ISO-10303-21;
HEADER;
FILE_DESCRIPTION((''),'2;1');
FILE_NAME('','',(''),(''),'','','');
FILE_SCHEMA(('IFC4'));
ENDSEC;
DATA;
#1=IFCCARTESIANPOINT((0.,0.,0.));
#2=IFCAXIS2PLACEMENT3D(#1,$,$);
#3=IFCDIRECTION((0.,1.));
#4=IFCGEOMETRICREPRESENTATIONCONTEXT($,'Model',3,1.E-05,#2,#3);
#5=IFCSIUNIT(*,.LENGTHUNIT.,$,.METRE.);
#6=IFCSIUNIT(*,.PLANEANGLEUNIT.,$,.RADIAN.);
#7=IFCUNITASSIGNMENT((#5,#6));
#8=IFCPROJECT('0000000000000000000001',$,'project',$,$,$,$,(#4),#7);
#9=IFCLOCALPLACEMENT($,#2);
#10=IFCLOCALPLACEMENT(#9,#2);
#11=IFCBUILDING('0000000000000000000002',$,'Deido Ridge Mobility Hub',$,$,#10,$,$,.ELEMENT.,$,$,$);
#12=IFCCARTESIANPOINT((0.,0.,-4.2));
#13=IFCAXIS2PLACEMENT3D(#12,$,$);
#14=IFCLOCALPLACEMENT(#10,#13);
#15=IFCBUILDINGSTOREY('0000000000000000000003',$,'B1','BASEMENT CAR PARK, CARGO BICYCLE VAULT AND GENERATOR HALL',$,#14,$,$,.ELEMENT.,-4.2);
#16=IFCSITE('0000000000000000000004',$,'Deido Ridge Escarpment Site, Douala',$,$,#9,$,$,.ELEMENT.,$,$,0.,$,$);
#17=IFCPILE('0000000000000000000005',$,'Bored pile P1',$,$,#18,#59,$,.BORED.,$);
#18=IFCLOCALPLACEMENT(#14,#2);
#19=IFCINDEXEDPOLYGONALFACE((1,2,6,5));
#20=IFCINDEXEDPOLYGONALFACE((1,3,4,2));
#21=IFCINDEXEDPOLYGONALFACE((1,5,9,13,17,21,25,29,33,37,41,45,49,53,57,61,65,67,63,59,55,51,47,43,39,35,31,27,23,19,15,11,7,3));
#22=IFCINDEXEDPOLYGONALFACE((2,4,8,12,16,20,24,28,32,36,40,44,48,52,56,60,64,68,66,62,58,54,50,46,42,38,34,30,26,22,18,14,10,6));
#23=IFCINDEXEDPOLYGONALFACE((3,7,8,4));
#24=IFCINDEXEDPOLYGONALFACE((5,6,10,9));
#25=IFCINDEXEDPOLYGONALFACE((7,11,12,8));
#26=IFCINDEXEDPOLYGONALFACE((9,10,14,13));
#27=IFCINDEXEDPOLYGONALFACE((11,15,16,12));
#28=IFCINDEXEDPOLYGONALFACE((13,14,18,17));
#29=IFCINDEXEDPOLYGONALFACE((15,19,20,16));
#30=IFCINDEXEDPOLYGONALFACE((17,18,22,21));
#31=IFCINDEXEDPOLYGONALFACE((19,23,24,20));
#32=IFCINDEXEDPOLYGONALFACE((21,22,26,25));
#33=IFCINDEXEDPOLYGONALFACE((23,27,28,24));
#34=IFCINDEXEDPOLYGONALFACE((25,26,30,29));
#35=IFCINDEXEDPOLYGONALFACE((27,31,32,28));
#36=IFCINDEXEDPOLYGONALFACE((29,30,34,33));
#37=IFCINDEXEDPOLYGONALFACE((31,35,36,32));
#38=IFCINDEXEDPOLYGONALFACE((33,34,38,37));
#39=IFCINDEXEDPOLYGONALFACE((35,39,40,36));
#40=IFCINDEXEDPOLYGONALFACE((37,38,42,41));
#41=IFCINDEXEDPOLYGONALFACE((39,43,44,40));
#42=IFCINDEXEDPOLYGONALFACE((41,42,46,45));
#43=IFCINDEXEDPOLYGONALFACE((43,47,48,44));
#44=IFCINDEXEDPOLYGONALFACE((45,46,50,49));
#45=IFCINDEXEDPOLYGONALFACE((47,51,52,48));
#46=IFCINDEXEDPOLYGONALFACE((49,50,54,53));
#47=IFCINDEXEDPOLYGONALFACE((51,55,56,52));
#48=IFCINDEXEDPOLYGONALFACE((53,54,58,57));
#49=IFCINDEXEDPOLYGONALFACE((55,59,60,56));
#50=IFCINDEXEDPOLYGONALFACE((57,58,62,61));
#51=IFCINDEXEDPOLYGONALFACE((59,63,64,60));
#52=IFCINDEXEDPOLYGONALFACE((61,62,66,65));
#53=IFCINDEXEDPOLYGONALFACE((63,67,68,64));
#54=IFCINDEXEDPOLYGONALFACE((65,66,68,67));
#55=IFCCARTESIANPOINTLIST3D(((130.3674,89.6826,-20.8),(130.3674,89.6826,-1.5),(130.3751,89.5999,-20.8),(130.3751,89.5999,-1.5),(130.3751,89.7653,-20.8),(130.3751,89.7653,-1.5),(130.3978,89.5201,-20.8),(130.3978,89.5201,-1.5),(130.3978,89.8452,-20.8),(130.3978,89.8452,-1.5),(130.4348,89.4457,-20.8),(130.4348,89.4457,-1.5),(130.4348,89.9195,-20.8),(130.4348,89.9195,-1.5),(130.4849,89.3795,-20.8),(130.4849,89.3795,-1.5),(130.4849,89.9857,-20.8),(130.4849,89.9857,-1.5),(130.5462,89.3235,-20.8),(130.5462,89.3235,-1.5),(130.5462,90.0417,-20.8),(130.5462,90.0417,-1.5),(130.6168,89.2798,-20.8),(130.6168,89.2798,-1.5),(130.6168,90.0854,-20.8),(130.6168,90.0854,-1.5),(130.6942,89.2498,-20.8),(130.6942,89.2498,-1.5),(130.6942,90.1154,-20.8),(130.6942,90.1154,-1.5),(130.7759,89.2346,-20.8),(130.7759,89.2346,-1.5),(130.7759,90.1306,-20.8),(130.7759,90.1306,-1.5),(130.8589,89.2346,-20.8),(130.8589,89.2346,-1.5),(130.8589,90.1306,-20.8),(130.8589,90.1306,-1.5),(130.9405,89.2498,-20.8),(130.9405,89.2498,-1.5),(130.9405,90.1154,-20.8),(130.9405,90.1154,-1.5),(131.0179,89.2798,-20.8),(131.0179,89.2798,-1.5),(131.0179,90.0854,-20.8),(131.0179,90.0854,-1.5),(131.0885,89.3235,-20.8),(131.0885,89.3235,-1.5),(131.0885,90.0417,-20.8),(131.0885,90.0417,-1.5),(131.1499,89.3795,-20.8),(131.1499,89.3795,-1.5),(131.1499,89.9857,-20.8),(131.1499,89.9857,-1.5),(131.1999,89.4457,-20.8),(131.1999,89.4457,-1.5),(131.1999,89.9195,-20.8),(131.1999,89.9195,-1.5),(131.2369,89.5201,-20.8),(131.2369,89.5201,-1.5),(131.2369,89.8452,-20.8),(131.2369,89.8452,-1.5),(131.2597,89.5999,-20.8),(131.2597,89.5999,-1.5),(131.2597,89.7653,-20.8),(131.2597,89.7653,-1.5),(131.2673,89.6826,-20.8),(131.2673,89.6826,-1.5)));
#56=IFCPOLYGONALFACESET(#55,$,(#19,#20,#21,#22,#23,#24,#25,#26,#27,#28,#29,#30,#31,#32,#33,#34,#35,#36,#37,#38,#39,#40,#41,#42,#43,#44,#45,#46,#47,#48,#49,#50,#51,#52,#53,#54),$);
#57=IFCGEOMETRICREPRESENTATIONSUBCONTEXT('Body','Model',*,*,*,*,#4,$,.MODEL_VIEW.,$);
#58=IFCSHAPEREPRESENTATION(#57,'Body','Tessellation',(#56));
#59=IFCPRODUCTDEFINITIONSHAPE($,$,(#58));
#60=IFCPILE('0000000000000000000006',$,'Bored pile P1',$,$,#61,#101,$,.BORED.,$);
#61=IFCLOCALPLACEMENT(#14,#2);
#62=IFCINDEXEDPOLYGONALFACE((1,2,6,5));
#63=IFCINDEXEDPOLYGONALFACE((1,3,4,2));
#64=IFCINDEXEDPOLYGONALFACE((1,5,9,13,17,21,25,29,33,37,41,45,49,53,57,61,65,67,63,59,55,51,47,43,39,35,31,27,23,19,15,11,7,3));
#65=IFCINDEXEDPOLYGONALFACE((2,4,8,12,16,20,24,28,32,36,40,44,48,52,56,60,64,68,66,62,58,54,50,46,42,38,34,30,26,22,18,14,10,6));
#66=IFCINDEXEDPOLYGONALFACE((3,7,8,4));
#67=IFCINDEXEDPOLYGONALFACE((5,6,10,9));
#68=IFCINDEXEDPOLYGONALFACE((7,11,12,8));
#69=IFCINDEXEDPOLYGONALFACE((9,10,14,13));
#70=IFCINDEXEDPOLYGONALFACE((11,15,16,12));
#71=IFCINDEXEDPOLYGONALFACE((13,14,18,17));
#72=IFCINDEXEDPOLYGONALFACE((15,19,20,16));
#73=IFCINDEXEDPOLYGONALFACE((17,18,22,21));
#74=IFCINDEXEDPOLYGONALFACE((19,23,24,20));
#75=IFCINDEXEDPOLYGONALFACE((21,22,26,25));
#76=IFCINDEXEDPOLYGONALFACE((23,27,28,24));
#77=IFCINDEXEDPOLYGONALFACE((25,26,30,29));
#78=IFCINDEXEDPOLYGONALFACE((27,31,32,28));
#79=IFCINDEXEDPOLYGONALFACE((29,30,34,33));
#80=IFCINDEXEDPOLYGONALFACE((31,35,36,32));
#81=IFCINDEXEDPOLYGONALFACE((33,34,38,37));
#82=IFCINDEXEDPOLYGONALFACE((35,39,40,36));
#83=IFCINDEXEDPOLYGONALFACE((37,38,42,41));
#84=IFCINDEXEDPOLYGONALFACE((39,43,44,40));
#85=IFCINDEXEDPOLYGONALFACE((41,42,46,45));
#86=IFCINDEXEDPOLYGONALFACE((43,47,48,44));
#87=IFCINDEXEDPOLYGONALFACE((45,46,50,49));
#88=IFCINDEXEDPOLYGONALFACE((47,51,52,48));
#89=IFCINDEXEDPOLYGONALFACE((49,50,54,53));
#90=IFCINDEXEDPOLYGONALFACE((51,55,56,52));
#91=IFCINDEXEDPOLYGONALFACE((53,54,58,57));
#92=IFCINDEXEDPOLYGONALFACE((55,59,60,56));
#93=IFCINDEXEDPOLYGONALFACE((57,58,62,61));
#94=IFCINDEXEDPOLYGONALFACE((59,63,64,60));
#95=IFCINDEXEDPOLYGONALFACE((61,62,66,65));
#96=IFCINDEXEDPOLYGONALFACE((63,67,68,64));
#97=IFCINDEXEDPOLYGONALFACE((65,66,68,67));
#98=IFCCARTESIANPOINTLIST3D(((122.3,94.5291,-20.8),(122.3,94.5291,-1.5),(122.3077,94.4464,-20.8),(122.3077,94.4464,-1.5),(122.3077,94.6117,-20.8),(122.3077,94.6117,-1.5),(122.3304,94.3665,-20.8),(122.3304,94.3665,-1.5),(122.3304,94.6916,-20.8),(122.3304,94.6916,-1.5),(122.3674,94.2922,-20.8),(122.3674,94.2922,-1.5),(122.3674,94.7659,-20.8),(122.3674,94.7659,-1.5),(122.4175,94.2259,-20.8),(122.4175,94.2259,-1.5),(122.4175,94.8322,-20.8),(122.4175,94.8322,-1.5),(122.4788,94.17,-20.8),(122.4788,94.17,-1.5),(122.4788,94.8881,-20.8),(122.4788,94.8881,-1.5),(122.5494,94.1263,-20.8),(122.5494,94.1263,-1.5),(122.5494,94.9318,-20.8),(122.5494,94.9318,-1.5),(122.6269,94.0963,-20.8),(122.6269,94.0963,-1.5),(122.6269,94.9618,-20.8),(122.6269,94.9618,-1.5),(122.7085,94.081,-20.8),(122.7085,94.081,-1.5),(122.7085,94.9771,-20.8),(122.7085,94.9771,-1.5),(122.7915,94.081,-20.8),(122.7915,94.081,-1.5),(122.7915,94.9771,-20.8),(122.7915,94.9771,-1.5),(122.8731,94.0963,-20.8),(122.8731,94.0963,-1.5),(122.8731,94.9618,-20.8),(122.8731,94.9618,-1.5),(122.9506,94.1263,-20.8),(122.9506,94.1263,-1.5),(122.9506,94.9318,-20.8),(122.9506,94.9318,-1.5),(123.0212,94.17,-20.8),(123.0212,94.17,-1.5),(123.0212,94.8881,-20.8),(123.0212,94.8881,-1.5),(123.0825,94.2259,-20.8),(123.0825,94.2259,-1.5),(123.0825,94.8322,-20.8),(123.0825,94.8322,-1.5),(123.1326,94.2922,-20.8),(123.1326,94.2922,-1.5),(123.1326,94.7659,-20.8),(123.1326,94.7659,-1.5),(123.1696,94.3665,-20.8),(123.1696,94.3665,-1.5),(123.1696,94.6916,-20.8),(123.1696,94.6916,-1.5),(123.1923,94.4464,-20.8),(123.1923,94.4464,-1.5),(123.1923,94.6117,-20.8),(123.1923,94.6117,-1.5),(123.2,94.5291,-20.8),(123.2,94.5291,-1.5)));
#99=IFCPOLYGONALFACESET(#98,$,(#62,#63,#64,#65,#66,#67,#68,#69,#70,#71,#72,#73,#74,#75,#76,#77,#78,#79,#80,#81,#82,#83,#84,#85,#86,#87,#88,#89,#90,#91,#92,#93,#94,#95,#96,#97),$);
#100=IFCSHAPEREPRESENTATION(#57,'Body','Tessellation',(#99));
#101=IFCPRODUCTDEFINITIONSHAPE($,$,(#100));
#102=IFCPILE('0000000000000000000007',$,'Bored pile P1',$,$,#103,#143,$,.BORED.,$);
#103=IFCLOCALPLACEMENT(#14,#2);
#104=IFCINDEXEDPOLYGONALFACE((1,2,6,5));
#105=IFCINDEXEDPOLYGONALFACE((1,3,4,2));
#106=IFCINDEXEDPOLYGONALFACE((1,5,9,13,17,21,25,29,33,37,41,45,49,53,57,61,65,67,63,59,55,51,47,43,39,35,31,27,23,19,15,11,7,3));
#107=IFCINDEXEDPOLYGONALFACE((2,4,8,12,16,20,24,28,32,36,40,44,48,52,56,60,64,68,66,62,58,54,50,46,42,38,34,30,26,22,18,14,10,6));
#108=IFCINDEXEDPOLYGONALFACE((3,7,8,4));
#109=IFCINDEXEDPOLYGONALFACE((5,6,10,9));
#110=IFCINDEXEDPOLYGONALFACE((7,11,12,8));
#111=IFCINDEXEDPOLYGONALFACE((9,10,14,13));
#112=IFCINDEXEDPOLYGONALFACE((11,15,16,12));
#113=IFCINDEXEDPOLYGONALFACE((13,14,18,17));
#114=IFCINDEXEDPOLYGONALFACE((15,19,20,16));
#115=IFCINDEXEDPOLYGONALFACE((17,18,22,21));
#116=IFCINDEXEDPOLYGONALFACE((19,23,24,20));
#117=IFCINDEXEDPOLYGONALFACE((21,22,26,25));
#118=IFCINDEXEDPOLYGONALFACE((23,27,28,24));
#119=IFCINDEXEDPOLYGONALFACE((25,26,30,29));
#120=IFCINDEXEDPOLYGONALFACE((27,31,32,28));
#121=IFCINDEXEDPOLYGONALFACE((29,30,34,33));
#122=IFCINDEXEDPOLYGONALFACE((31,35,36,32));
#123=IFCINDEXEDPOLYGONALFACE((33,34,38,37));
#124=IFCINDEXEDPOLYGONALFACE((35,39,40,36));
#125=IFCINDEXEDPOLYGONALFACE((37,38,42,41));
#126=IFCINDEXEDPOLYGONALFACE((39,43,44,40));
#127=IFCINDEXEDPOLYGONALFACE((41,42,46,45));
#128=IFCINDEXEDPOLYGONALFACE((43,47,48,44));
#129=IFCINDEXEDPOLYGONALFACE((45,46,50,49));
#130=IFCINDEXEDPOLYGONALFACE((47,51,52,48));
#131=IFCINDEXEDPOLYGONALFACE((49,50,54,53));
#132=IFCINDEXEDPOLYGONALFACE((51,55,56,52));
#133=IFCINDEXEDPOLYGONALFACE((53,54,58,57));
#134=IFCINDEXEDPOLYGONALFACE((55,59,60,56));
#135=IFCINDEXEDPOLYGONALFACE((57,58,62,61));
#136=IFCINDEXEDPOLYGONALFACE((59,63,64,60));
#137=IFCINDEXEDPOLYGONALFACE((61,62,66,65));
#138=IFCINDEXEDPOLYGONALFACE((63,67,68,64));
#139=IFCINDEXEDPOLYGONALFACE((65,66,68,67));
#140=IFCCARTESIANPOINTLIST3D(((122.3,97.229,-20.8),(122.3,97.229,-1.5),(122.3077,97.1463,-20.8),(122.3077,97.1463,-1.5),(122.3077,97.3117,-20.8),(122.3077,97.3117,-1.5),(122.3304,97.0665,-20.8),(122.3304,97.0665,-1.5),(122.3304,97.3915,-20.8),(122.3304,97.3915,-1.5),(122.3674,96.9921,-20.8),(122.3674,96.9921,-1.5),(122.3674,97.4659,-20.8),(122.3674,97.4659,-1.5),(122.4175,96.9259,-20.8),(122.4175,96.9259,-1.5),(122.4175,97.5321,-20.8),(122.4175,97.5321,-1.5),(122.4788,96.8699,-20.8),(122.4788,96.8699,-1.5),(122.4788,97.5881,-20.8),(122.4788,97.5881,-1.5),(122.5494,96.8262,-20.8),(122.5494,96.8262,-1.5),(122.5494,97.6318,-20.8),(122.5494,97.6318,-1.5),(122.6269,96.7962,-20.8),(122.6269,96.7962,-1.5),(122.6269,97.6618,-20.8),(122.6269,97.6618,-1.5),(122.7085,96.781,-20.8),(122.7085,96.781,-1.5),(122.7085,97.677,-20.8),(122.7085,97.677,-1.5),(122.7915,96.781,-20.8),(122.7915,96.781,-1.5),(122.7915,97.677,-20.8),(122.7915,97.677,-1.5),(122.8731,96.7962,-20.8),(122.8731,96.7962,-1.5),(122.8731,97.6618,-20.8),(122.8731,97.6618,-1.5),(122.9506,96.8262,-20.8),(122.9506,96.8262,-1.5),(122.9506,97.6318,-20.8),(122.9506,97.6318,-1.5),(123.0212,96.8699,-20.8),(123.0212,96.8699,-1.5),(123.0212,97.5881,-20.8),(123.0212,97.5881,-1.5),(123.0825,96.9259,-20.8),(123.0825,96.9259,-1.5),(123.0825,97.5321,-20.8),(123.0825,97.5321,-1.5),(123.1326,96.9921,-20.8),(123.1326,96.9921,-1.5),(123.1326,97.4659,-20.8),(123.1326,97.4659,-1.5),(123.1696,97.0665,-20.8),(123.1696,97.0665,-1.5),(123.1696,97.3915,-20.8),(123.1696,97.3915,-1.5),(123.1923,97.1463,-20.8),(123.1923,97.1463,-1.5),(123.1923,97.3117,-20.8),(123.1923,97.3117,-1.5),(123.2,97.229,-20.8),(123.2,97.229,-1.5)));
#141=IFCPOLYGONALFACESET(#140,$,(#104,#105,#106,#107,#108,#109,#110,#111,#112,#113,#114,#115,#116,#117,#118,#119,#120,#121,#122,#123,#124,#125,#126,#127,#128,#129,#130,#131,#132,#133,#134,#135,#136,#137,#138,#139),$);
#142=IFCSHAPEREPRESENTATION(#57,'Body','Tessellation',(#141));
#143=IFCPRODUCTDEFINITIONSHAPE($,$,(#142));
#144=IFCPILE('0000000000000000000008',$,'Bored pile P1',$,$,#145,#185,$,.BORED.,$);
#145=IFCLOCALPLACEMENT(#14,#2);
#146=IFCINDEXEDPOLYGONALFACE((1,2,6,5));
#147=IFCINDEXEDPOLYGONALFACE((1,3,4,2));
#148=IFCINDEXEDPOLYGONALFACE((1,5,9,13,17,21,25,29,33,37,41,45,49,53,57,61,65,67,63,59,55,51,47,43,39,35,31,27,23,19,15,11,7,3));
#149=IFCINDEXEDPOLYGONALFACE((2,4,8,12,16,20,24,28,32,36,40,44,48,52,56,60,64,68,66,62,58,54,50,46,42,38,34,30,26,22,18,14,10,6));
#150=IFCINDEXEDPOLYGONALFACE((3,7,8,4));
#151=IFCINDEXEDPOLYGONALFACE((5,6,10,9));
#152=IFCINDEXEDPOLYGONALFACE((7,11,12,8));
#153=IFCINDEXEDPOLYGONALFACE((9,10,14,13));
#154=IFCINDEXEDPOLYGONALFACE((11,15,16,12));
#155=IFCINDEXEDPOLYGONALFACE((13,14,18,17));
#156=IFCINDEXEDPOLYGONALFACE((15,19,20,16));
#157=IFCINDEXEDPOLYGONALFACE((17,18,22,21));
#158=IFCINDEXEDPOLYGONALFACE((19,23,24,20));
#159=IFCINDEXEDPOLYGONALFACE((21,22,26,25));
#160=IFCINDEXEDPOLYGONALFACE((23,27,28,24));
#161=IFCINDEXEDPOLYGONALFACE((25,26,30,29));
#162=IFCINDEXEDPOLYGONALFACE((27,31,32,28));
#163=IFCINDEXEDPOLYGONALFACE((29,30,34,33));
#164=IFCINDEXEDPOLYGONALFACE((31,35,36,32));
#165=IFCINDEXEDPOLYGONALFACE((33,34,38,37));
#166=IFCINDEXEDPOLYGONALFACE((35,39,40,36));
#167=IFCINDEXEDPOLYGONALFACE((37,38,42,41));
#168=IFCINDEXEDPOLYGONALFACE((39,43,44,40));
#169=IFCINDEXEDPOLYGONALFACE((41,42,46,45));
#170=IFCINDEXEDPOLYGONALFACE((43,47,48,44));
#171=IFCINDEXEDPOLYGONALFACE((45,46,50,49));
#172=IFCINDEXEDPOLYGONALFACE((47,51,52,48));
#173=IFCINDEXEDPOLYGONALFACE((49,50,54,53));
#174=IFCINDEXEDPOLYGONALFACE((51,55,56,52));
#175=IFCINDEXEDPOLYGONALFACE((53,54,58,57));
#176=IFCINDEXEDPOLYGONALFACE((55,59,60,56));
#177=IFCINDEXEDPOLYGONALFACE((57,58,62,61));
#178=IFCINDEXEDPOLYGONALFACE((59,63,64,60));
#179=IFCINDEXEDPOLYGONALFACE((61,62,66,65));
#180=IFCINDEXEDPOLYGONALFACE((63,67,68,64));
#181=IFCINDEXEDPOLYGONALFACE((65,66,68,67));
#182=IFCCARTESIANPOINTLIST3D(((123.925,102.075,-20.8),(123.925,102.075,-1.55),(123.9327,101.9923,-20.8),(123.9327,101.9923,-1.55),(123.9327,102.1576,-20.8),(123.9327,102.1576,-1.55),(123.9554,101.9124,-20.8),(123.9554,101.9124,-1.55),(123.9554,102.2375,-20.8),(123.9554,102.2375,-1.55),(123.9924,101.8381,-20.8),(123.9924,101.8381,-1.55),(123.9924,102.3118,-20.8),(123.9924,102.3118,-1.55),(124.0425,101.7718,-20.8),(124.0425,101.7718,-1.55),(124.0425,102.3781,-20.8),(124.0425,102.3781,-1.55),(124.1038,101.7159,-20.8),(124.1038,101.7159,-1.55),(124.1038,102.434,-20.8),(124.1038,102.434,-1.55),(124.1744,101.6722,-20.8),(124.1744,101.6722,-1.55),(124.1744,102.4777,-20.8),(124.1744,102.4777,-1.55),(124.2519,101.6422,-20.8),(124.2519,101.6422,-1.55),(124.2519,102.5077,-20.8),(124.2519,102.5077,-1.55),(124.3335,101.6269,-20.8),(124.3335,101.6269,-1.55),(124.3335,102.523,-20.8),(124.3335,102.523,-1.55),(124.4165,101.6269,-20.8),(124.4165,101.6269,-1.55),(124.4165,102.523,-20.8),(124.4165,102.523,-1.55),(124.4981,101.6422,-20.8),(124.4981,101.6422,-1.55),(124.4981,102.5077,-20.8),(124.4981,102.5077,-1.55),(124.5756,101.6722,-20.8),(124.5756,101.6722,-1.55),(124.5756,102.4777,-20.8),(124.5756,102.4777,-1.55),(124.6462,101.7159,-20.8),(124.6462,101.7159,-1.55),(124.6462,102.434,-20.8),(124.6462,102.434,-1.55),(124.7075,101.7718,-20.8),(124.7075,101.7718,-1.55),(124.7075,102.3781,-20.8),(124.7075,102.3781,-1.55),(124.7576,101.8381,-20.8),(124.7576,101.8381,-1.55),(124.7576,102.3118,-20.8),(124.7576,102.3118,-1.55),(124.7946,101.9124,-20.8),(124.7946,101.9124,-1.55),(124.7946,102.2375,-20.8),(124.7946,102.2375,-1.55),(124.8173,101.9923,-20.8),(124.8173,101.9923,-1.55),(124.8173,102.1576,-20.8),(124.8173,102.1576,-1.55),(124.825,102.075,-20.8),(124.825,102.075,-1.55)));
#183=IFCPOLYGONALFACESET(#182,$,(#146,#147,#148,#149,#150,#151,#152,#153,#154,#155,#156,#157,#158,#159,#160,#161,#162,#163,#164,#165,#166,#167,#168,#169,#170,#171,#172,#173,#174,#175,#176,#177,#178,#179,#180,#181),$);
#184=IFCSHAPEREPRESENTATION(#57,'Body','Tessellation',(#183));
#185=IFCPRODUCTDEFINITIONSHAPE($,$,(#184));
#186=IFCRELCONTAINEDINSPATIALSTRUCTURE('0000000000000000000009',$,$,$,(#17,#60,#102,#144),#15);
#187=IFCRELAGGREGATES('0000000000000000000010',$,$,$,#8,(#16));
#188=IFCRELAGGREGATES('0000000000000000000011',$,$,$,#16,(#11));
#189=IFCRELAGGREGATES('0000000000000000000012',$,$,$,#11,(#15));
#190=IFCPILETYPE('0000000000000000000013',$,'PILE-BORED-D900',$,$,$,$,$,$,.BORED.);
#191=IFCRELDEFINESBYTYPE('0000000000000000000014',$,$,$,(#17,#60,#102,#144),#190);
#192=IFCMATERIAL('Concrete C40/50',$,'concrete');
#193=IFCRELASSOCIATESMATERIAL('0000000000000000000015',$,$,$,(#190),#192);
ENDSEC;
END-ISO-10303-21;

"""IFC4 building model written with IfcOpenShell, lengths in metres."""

from ifc_helpers import new_model, si_unit, direction, frame, origin, origin_2d, place, context, subcontext, project, spatial, circle, extrude, material, material_profile, profile_set, type_object, element, save


model = new_model("IFC4")

# Units and contexts
model_context = context("Model", 3, precision=1e-05, world=origin(), true_north=direction((0.0, 1.0)))
body_context = subcontext(model_context, "Body", "Model", "MODEL_VIEW")
ifc_project = project(units=[si_unit("LENGTHUNIT", "METRE"), si_unit("PLANEANGLEUNIT", "RADIAN")], contexts=[model_context])

# Site, building, storey
site_placement = place(None, origin())
site = spatial("IfcSite", under=ifc_project, at=site_placement, Name="Deido Ridge Escarpment Site, Douala", CompositionType="ELEMENT", RefElevation=0.0)
building_placement = place(site_placement, origin())
building = spatial("IfcBuilding", under=site, at=building_placement, Name="Deido Ridge Mobility Hub", CompositionType="ELEMENT")
storey_placement = place(building_placement, frame((0.0, 0.0, -4.2)))
storey = spatial("IfcBuildingStorey", under=building, at=storey_placement, Name="B1", Description="BASEMENT CAR PARK, CARGO BICYCLE VAULT AND GENERATOR HALL", CompositionType="ELEMENT", Elevation=-4.2)

# Shared definitions
ifc_material = material(Name="Concrete C40/50", Category="concrete")

# Piles
ifc_material_profile_1 = material_profile(ifc_material, circle(Radius=0.45, at=origin_2d()), Name="BORED PILE D900")
ifc_profile_set_1 = profile_set([ifc_material_profile_1], Name="Concrete C40/50")
pile_type = type_object("IfcPileType", Name="PILE-BORED-D900", PredefinedType="BORED", material=ifc_profile_set_1)
for number, where, z_axis, x_axis, name in (
    (1, (130.8174, 89.6826, -1.5), (0.0, 0.0, -1.0), (1.0, 0.0, 0.0), "Bored pile P1"),
    (2, (122.75, 94.5291, -1.5), (0.0, 0.0, -1.0), (1.0, 0.0, 0.0), "Bored pile P1"),
    (3, (122.75, 97.229, -1.5), (0.0, 0.0, -1.0), (1.0, 0.0, 0.0), "Bored pile P1"),
):
    element("IfcPile", number, at=place(storey_placement, frame(where, z_axis=z_axis, x_axis=x_axis)), inside=storey, type_object=pile_type, Name=name, PredefinedType="BORED", context=body_context, shape_type="SweptSolid", body=[
        extrude(circle(Radius=0.45, at=origin_2d()), origin(), (0.0, 0.0, 1.0), 19.3),
    ])
for number, where, z_axis, x_axis, name in (
    (4, (124.375, 102.075, -1.55), (0.0, 0.0, -1.0), (1.0, 0.0, 0.0), "Bored pile P1"),
):
    element("IfcPile", number, at=place(storey_placement, frame(where, z_axis=z_axis, x_axis=x_axis)), inside=storey, type_object=pile_type, Name=name, PredefinedType="BORED", context=body_context, shape_type="SweptSolid", body=[
        extrude(circle(Radius=0.45, at=origin_2d()), origin(), (0.0, 0.0, 1.0), 19.25),
    ])

save(model, "model.ifc")
